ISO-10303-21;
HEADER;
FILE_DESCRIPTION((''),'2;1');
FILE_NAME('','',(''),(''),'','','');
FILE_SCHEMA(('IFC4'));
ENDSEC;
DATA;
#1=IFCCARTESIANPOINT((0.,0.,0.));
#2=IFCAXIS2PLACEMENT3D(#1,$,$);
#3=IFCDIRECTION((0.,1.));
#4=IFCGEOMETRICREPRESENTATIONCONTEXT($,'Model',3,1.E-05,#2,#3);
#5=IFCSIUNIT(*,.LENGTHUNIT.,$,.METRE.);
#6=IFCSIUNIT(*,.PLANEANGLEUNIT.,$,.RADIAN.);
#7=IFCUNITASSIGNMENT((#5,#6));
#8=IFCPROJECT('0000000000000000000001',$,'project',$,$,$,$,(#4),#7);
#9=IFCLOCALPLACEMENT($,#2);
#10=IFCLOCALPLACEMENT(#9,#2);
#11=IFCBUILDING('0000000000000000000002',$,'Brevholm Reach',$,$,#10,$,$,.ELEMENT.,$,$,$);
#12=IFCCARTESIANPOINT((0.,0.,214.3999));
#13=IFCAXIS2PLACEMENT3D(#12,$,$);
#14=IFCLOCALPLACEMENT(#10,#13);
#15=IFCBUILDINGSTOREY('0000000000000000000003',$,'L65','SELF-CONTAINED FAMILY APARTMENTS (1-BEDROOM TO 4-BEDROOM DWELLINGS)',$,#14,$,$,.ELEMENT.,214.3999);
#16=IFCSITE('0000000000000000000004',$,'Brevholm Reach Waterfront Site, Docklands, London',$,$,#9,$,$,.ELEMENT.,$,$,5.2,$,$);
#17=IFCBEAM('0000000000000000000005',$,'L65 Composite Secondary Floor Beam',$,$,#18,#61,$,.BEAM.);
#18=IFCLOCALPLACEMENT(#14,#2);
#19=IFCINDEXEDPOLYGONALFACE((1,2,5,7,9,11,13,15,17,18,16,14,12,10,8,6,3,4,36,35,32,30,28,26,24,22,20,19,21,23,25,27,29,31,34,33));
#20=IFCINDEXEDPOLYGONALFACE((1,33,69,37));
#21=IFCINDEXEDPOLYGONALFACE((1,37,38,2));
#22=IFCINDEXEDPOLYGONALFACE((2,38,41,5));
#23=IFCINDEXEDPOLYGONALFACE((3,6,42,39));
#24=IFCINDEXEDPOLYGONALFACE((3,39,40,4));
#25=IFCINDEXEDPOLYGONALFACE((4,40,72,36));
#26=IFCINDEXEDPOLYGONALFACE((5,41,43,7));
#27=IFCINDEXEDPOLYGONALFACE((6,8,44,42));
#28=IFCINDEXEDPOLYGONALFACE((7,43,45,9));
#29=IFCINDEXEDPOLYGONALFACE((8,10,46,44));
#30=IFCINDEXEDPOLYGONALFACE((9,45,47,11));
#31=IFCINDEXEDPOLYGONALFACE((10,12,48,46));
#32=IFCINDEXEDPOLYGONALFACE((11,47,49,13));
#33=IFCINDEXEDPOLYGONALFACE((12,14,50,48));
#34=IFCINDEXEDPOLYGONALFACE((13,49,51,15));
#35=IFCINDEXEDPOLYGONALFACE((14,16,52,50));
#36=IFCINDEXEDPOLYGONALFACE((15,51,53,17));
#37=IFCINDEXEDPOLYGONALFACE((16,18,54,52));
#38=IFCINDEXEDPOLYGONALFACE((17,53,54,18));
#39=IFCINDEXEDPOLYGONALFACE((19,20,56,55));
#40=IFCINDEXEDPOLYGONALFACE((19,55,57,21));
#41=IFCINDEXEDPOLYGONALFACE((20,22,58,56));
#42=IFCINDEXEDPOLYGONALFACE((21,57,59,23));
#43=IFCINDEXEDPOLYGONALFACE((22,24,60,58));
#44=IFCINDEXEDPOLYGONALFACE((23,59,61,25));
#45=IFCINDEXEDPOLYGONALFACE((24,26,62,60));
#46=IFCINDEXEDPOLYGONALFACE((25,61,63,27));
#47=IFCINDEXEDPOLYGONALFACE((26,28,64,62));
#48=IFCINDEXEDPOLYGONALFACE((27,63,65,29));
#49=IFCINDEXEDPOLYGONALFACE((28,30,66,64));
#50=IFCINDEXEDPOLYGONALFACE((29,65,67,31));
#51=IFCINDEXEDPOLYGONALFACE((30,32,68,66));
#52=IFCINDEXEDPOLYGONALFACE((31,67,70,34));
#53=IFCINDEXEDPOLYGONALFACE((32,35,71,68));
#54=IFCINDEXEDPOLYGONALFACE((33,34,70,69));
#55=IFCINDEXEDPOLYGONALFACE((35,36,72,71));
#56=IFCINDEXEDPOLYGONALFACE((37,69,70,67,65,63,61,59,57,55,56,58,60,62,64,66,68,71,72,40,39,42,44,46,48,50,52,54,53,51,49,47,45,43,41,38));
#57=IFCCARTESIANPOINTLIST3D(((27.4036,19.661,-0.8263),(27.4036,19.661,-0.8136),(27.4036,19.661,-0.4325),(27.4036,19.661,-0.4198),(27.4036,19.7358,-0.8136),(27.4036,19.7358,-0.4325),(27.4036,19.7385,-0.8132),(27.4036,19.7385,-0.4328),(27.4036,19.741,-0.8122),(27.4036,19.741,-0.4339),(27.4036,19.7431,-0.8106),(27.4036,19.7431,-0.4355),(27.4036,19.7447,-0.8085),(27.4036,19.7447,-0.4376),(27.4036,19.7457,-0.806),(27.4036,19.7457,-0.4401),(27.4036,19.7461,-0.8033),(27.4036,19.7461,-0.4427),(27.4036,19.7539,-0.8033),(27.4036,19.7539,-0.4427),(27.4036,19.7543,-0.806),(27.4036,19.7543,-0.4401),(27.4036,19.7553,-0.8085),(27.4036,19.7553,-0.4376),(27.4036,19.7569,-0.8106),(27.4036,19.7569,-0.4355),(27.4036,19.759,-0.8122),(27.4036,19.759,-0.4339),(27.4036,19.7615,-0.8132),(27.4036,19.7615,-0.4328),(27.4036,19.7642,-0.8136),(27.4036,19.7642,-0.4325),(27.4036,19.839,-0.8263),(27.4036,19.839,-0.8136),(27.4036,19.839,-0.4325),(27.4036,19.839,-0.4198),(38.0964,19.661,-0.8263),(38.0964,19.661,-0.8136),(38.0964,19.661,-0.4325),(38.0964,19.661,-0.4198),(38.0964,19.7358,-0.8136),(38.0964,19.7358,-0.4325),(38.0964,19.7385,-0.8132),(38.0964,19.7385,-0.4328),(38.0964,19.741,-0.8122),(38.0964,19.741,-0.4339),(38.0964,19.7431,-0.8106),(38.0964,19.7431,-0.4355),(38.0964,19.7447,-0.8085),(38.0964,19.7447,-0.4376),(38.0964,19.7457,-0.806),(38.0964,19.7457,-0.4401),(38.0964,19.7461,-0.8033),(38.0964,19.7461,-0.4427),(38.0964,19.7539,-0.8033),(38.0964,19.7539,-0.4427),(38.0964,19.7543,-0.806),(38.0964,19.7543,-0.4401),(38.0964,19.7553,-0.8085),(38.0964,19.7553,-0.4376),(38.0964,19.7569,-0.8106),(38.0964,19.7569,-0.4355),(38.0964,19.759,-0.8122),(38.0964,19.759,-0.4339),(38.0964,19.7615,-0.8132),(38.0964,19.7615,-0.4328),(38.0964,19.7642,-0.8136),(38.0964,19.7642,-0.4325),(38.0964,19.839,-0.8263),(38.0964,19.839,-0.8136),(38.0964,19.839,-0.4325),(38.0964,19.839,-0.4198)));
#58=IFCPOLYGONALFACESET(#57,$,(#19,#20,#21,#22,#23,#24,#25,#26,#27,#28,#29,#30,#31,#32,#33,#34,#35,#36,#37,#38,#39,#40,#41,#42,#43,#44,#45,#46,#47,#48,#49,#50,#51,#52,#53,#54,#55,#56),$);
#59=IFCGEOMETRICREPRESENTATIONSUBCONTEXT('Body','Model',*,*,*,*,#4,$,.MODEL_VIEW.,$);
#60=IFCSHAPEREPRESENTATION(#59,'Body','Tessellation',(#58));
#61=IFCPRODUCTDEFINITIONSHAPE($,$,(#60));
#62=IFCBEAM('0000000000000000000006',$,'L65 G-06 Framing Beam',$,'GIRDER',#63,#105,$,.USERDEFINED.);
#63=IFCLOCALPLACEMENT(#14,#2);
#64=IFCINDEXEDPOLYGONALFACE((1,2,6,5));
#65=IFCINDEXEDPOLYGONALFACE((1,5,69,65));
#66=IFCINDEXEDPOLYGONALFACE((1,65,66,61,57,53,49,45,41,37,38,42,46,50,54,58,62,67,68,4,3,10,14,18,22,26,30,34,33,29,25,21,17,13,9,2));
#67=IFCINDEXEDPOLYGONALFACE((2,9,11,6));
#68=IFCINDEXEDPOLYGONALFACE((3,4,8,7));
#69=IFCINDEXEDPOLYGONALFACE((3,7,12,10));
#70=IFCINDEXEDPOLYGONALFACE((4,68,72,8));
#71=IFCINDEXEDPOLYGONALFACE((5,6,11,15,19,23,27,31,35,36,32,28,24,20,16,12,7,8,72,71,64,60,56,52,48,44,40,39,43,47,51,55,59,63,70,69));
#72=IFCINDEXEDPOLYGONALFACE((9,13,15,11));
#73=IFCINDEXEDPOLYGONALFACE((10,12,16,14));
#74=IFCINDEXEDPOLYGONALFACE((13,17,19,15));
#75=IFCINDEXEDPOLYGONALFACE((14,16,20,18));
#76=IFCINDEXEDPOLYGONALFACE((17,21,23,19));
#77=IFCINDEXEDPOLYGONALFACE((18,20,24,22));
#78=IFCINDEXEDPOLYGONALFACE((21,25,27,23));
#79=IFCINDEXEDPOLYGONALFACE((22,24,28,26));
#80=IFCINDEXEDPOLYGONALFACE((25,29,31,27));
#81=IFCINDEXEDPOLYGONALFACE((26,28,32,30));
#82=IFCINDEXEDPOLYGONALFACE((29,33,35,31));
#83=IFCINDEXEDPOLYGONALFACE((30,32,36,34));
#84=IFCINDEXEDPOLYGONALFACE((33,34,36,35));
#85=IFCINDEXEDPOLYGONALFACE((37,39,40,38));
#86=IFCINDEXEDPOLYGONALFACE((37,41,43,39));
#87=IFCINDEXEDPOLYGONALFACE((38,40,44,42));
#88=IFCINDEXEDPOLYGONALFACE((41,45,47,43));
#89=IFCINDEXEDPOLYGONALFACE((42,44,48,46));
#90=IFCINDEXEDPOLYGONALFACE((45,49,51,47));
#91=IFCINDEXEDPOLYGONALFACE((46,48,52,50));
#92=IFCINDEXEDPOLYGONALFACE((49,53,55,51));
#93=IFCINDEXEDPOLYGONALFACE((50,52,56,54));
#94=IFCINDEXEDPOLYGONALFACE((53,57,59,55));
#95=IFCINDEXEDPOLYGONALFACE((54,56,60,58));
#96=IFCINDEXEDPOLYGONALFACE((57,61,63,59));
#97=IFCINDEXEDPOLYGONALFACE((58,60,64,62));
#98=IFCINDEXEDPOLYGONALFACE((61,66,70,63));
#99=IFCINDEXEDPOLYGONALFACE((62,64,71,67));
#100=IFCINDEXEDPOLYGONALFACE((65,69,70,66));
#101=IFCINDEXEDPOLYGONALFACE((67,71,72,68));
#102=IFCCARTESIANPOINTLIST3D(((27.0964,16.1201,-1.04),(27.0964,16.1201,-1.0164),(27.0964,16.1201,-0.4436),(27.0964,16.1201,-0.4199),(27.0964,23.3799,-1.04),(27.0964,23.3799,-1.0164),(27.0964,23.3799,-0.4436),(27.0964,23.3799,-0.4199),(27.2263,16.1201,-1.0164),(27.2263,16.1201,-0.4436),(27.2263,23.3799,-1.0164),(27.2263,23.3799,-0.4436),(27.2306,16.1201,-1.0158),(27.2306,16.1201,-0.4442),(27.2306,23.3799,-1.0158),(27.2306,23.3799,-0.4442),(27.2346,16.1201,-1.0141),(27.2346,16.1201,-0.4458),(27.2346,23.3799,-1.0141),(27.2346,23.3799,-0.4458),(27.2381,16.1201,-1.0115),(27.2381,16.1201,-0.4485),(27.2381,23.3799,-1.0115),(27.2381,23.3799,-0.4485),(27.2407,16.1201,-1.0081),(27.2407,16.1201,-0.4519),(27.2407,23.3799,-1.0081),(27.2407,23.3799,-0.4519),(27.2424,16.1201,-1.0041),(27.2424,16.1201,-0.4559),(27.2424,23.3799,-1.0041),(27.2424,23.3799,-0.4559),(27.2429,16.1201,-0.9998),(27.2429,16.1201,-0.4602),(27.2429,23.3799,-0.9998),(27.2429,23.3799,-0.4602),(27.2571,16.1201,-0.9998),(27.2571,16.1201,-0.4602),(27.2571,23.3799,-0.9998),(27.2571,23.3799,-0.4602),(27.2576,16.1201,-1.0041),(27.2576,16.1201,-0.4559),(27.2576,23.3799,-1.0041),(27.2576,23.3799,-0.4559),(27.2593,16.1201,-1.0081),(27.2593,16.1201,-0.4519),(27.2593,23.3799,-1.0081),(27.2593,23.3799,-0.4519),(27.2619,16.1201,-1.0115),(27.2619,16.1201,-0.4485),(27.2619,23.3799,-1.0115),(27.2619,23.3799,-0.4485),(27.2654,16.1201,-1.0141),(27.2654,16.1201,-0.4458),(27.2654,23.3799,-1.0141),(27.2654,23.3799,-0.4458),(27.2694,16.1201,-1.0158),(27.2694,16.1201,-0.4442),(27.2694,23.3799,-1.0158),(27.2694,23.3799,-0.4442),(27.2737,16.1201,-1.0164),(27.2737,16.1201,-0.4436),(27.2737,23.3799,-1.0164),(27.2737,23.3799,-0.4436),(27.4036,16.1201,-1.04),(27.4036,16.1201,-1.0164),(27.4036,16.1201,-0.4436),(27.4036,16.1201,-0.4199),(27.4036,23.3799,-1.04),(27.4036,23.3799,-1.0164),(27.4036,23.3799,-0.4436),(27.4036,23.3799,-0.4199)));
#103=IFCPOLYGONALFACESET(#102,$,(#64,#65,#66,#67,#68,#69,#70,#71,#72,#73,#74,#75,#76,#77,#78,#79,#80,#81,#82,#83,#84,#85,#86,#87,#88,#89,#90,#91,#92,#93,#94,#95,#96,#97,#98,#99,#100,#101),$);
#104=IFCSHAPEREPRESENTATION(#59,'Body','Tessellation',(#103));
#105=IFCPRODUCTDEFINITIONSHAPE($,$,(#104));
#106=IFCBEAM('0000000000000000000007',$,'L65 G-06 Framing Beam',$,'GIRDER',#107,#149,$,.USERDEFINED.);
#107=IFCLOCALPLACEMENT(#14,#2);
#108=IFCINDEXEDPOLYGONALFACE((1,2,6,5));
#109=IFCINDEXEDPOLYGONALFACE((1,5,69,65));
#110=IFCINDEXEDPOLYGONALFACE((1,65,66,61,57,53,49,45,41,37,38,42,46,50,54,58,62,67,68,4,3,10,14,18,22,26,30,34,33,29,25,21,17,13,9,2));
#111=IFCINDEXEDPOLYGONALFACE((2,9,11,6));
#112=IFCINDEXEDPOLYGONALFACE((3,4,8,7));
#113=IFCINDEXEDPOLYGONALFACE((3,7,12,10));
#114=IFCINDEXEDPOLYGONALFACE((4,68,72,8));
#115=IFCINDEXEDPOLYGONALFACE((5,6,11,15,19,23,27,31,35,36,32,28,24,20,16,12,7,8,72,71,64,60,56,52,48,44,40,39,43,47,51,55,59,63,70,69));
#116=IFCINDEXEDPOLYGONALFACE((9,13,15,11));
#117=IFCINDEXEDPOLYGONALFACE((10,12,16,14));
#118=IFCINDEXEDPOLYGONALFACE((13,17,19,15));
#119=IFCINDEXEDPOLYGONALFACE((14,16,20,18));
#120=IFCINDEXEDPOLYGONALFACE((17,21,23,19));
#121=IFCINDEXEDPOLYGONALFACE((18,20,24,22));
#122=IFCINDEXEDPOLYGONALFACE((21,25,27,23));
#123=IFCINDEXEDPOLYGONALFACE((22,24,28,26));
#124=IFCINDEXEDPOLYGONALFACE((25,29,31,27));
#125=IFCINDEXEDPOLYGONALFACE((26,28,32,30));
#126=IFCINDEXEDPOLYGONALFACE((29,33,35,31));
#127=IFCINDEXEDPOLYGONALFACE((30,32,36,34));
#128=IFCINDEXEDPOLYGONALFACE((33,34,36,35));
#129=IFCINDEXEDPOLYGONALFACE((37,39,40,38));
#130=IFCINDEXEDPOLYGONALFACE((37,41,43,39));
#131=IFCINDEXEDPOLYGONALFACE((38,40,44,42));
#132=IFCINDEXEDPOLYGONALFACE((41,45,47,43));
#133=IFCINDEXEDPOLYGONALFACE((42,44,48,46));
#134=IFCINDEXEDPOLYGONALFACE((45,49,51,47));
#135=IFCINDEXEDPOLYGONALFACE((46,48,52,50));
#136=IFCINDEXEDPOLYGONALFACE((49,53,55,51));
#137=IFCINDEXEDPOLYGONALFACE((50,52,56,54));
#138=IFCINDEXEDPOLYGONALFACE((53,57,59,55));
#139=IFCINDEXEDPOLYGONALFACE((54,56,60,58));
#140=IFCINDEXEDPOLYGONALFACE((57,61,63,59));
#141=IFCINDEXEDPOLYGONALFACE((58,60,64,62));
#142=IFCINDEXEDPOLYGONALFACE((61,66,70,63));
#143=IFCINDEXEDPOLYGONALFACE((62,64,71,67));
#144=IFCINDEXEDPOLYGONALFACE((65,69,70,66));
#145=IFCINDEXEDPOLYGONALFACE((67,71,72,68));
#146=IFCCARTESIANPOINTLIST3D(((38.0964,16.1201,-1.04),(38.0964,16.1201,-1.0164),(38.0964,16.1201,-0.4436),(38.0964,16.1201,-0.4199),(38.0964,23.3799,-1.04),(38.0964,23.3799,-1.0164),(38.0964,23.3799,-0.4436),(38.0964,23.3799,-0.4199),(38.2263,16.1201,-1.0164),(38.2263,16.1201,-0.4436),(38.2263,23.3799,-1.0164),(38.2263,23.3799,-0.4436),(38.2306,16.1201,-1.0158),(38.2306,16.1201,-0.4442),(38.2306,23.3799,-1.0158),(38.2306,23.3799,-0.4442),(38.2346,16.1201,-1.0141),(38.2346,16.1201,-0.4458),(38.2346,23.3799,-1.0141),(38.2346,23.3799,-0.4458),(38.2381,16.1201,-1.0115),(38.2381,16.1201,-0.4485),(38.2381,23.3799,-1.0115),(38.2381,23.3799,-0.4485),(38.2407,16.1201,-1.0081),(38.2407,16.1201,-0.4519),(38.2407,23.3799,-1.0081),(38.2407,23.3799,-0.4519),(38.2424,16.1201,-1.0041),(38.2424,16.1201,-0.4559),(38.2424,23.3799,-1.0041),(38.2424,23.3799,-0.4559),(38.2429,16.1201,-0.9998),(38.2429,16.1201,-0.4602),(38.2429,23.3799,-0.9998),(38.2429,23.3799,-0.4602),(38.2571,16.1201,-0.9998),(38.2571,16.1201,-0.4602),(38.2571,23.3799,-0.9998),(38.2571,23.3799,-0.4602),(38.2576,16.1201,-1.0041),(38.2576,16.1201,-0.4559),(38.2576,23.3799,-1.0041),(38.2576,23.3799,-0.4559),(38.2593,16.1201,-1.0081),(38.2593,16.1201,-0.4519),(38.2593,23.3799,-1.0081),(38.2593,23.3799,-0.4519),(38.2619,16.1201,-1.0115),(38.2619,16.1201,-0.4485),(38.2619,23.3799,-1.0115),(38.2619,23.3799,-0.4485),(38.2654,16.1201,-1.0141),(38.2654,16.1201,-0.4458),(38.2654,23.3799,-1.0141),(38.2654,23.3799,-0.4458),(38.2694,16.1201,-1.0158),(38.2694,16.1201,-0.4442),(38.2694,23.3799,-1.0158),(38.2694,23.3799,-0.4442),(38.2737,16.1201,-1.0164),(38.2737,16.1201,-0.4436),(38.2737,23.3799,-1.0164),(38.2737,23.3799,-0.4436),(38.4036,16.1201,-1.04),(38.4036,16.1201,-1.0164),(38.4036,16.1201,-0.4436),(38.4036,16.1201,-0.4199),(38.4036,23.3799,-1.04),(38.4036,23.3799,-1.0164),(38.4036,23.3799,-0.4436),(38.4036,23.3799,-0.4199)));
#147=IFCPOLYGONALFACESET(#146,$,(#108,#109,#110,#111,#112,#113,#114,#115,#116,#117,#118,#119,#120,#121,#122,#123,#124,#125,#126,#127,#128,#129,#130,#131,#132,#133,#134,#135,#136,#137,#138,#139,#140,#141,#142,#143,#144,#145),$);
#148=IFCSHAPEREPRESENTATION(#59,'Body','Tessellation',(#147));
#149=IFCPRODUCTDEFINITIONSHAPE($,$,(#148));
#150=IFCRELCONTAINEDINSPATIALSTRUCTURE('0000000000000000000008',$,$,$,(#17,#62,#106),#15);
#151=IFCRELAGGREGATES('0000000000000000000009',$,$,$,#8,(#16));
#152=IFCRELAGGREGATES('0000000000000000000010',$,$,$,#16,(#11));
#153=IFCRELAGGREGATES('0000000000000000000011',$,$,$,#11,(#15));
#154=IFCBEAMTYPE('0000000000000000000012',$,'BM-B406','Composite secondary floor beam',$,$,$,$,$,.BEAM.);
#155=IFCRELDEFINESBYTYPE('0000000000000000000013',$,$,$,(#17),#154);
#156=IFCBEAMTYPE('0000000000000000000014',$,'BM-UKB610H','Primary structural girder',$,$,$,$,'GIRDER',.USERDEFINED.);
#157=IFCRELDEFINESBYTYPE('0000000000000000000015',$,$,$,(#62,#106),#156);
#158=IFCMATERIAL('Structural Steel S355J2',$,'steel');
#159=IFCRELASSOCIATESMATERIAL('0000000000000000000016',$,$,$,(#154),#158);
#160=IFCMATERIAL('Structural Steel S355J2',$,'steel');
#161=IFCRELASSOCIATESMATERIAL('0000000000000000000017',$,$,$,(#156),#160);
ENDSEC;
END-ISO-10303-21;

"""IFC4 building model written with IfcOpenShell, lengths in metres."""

from ifc_helpers import new_model, si_unit, direction, frame, origin, origin_2d, place, context, subcontext, project, spatial, i_section, extrude, material, material_profile, profile_set, type_object, element, save


model = new_model("IFC4")

# Units and contexts
model_context = context("Model", 3, precision=1e-05, world=origin(), true_north=direction((0.0, 1.0)))
body_context = subcontext(model_context, "Body", "Model", "MODEL_VIEW")
ifc_project = project(units=[si_unit("LENGTHUNIT", "METRE"), si_unit("PLANEANGLEUNIT", "RADIAN")], contexts=[model_context])

# Site, building, storey
site_placement = place(None, origin())
site = spatial("IfcSite", under=ifc_project, at=site_placement, Name="Brevholm Reach Waterfront Site, Docklands, London", CompositionType="ELEMENT", RefElevation=5.2)
building_placement = place(site_placement, origin())
building = spatial("IfcBuilding", under=site, at=building_placement, Name="Brevholm Reach", CompositionType="ELEMENT")
storey_placement = place(building_placement, frame((0.0, 0.0, 214.3999)))
storey = spatial("IfcBuildingStorey", under=building, at=storey_placement, Name="L65", Description="SELF-CONTAINED FAMILY APARTMENTS (1-BEDROOM TO 4-BEDROOM DWELLINGS)", CompositionType="ELEMENT", Elevation=214.3999)

# Beams
ifc_material_1 = material(Name="Structural Steel S355J2", Category="steel")
ifc_material_profile_1 = material_profile(ifc_material_1, i_section(OverallWidth=0.178, OverallDepth=0.4065, WebThickness=0.0078, FlangeThickness=0.0127, FilletRadius=0.0103, at=origin_2d()), Name="UKB 406x178x60")
ifc_profile_set_1 = profile_set([ifc_material_profile_1], Name="Structural Steel S355J2")
beam_type_1 = type_object("IfcBeamType", Name="BM-B406", Description="Composite secondary floor beam", PredefinedType="BEAM", material=ifc_profile_set_1)
beam_placement = place(storey_placement, frame((27.4036, 19.75, -0.623), z_axis=(1.0, 0.0, 0.0), x_axis=(0.0, 1.0, 0.0)))
element("IfcBeam", 1, at=beam_placement, inside=storey, type_object=beam_type_1, Name="L65 Composite Secondary Floor Beam", PredefinedType="BEAM", context=body_context, shape_type="SweptSolid", body=[
    extrude(i_section(OverallWidth=0.178, OverallDepth=0.4065, WebThickness=0.0078, FlangeThickness=0.0127, FilletRadius=0.0103, at=origin_2d()), origin(), (0.0, 0.0, 1.0), 10.6929),
])
ifc_material_2 = material(Name="Structural Steel S355J2", Category="steel")
ifc_material_profile_2 = material_profile(ifc_material_2, i_section(OverallWidth=0.3071, OverallDepth=0.6201, WebThickness=0.0142, FlangeThickness=0.0237, FilletRadius=0.0166, at=origin_2d()), Name="UKB 610x305x179")
ifc_profile_set_2 = profile_set([ifc_material_profile_2], Name="Structural Steel S355J2")
beam_type_2 = type_object("IfcBeamType", Name="BM-UKB610H", Description="Primary structural girder", ElementType="GIRDER", PredefinedType="USERDEFINED", material=ifc_profile_set_2)
for number, where, z_axis, x_axis, name in (
    (2, (27.25, 16.1201, -0.73), (0.0, 1.0, 0.0), (-1.0, 0.0, 0.0), "L65 G-06 Framing Beam"),
    (3, (38.25, 16.1201, -0.73), (0.0, 1.0, 0.0), (-1.0, 0.0, 0.0), "L65 G-06 Framing Beam"),
):
    element("IfcBeam", number, at=place(storey_placement, frame(where, z_axis=z_axis, x_axis=x_axis)), inside=storey, type_object=beam_type_2, Name=name, ObjectType="GIRDER", PredefinedType="USERDEFINED", context=body_context, shape_type="SweptSolid", body=[
        extrude(i_section(OverallWidth=0.3071, OverallDepth=0.6201, WebThickness=0.0142, FlangeThickness=0.0237, FilletRadius=0.0166, at=origin_2d()), origin(), (0.0, 0.0, 1.0), 7.2598),
    ])

save(model, "model.ifc")
